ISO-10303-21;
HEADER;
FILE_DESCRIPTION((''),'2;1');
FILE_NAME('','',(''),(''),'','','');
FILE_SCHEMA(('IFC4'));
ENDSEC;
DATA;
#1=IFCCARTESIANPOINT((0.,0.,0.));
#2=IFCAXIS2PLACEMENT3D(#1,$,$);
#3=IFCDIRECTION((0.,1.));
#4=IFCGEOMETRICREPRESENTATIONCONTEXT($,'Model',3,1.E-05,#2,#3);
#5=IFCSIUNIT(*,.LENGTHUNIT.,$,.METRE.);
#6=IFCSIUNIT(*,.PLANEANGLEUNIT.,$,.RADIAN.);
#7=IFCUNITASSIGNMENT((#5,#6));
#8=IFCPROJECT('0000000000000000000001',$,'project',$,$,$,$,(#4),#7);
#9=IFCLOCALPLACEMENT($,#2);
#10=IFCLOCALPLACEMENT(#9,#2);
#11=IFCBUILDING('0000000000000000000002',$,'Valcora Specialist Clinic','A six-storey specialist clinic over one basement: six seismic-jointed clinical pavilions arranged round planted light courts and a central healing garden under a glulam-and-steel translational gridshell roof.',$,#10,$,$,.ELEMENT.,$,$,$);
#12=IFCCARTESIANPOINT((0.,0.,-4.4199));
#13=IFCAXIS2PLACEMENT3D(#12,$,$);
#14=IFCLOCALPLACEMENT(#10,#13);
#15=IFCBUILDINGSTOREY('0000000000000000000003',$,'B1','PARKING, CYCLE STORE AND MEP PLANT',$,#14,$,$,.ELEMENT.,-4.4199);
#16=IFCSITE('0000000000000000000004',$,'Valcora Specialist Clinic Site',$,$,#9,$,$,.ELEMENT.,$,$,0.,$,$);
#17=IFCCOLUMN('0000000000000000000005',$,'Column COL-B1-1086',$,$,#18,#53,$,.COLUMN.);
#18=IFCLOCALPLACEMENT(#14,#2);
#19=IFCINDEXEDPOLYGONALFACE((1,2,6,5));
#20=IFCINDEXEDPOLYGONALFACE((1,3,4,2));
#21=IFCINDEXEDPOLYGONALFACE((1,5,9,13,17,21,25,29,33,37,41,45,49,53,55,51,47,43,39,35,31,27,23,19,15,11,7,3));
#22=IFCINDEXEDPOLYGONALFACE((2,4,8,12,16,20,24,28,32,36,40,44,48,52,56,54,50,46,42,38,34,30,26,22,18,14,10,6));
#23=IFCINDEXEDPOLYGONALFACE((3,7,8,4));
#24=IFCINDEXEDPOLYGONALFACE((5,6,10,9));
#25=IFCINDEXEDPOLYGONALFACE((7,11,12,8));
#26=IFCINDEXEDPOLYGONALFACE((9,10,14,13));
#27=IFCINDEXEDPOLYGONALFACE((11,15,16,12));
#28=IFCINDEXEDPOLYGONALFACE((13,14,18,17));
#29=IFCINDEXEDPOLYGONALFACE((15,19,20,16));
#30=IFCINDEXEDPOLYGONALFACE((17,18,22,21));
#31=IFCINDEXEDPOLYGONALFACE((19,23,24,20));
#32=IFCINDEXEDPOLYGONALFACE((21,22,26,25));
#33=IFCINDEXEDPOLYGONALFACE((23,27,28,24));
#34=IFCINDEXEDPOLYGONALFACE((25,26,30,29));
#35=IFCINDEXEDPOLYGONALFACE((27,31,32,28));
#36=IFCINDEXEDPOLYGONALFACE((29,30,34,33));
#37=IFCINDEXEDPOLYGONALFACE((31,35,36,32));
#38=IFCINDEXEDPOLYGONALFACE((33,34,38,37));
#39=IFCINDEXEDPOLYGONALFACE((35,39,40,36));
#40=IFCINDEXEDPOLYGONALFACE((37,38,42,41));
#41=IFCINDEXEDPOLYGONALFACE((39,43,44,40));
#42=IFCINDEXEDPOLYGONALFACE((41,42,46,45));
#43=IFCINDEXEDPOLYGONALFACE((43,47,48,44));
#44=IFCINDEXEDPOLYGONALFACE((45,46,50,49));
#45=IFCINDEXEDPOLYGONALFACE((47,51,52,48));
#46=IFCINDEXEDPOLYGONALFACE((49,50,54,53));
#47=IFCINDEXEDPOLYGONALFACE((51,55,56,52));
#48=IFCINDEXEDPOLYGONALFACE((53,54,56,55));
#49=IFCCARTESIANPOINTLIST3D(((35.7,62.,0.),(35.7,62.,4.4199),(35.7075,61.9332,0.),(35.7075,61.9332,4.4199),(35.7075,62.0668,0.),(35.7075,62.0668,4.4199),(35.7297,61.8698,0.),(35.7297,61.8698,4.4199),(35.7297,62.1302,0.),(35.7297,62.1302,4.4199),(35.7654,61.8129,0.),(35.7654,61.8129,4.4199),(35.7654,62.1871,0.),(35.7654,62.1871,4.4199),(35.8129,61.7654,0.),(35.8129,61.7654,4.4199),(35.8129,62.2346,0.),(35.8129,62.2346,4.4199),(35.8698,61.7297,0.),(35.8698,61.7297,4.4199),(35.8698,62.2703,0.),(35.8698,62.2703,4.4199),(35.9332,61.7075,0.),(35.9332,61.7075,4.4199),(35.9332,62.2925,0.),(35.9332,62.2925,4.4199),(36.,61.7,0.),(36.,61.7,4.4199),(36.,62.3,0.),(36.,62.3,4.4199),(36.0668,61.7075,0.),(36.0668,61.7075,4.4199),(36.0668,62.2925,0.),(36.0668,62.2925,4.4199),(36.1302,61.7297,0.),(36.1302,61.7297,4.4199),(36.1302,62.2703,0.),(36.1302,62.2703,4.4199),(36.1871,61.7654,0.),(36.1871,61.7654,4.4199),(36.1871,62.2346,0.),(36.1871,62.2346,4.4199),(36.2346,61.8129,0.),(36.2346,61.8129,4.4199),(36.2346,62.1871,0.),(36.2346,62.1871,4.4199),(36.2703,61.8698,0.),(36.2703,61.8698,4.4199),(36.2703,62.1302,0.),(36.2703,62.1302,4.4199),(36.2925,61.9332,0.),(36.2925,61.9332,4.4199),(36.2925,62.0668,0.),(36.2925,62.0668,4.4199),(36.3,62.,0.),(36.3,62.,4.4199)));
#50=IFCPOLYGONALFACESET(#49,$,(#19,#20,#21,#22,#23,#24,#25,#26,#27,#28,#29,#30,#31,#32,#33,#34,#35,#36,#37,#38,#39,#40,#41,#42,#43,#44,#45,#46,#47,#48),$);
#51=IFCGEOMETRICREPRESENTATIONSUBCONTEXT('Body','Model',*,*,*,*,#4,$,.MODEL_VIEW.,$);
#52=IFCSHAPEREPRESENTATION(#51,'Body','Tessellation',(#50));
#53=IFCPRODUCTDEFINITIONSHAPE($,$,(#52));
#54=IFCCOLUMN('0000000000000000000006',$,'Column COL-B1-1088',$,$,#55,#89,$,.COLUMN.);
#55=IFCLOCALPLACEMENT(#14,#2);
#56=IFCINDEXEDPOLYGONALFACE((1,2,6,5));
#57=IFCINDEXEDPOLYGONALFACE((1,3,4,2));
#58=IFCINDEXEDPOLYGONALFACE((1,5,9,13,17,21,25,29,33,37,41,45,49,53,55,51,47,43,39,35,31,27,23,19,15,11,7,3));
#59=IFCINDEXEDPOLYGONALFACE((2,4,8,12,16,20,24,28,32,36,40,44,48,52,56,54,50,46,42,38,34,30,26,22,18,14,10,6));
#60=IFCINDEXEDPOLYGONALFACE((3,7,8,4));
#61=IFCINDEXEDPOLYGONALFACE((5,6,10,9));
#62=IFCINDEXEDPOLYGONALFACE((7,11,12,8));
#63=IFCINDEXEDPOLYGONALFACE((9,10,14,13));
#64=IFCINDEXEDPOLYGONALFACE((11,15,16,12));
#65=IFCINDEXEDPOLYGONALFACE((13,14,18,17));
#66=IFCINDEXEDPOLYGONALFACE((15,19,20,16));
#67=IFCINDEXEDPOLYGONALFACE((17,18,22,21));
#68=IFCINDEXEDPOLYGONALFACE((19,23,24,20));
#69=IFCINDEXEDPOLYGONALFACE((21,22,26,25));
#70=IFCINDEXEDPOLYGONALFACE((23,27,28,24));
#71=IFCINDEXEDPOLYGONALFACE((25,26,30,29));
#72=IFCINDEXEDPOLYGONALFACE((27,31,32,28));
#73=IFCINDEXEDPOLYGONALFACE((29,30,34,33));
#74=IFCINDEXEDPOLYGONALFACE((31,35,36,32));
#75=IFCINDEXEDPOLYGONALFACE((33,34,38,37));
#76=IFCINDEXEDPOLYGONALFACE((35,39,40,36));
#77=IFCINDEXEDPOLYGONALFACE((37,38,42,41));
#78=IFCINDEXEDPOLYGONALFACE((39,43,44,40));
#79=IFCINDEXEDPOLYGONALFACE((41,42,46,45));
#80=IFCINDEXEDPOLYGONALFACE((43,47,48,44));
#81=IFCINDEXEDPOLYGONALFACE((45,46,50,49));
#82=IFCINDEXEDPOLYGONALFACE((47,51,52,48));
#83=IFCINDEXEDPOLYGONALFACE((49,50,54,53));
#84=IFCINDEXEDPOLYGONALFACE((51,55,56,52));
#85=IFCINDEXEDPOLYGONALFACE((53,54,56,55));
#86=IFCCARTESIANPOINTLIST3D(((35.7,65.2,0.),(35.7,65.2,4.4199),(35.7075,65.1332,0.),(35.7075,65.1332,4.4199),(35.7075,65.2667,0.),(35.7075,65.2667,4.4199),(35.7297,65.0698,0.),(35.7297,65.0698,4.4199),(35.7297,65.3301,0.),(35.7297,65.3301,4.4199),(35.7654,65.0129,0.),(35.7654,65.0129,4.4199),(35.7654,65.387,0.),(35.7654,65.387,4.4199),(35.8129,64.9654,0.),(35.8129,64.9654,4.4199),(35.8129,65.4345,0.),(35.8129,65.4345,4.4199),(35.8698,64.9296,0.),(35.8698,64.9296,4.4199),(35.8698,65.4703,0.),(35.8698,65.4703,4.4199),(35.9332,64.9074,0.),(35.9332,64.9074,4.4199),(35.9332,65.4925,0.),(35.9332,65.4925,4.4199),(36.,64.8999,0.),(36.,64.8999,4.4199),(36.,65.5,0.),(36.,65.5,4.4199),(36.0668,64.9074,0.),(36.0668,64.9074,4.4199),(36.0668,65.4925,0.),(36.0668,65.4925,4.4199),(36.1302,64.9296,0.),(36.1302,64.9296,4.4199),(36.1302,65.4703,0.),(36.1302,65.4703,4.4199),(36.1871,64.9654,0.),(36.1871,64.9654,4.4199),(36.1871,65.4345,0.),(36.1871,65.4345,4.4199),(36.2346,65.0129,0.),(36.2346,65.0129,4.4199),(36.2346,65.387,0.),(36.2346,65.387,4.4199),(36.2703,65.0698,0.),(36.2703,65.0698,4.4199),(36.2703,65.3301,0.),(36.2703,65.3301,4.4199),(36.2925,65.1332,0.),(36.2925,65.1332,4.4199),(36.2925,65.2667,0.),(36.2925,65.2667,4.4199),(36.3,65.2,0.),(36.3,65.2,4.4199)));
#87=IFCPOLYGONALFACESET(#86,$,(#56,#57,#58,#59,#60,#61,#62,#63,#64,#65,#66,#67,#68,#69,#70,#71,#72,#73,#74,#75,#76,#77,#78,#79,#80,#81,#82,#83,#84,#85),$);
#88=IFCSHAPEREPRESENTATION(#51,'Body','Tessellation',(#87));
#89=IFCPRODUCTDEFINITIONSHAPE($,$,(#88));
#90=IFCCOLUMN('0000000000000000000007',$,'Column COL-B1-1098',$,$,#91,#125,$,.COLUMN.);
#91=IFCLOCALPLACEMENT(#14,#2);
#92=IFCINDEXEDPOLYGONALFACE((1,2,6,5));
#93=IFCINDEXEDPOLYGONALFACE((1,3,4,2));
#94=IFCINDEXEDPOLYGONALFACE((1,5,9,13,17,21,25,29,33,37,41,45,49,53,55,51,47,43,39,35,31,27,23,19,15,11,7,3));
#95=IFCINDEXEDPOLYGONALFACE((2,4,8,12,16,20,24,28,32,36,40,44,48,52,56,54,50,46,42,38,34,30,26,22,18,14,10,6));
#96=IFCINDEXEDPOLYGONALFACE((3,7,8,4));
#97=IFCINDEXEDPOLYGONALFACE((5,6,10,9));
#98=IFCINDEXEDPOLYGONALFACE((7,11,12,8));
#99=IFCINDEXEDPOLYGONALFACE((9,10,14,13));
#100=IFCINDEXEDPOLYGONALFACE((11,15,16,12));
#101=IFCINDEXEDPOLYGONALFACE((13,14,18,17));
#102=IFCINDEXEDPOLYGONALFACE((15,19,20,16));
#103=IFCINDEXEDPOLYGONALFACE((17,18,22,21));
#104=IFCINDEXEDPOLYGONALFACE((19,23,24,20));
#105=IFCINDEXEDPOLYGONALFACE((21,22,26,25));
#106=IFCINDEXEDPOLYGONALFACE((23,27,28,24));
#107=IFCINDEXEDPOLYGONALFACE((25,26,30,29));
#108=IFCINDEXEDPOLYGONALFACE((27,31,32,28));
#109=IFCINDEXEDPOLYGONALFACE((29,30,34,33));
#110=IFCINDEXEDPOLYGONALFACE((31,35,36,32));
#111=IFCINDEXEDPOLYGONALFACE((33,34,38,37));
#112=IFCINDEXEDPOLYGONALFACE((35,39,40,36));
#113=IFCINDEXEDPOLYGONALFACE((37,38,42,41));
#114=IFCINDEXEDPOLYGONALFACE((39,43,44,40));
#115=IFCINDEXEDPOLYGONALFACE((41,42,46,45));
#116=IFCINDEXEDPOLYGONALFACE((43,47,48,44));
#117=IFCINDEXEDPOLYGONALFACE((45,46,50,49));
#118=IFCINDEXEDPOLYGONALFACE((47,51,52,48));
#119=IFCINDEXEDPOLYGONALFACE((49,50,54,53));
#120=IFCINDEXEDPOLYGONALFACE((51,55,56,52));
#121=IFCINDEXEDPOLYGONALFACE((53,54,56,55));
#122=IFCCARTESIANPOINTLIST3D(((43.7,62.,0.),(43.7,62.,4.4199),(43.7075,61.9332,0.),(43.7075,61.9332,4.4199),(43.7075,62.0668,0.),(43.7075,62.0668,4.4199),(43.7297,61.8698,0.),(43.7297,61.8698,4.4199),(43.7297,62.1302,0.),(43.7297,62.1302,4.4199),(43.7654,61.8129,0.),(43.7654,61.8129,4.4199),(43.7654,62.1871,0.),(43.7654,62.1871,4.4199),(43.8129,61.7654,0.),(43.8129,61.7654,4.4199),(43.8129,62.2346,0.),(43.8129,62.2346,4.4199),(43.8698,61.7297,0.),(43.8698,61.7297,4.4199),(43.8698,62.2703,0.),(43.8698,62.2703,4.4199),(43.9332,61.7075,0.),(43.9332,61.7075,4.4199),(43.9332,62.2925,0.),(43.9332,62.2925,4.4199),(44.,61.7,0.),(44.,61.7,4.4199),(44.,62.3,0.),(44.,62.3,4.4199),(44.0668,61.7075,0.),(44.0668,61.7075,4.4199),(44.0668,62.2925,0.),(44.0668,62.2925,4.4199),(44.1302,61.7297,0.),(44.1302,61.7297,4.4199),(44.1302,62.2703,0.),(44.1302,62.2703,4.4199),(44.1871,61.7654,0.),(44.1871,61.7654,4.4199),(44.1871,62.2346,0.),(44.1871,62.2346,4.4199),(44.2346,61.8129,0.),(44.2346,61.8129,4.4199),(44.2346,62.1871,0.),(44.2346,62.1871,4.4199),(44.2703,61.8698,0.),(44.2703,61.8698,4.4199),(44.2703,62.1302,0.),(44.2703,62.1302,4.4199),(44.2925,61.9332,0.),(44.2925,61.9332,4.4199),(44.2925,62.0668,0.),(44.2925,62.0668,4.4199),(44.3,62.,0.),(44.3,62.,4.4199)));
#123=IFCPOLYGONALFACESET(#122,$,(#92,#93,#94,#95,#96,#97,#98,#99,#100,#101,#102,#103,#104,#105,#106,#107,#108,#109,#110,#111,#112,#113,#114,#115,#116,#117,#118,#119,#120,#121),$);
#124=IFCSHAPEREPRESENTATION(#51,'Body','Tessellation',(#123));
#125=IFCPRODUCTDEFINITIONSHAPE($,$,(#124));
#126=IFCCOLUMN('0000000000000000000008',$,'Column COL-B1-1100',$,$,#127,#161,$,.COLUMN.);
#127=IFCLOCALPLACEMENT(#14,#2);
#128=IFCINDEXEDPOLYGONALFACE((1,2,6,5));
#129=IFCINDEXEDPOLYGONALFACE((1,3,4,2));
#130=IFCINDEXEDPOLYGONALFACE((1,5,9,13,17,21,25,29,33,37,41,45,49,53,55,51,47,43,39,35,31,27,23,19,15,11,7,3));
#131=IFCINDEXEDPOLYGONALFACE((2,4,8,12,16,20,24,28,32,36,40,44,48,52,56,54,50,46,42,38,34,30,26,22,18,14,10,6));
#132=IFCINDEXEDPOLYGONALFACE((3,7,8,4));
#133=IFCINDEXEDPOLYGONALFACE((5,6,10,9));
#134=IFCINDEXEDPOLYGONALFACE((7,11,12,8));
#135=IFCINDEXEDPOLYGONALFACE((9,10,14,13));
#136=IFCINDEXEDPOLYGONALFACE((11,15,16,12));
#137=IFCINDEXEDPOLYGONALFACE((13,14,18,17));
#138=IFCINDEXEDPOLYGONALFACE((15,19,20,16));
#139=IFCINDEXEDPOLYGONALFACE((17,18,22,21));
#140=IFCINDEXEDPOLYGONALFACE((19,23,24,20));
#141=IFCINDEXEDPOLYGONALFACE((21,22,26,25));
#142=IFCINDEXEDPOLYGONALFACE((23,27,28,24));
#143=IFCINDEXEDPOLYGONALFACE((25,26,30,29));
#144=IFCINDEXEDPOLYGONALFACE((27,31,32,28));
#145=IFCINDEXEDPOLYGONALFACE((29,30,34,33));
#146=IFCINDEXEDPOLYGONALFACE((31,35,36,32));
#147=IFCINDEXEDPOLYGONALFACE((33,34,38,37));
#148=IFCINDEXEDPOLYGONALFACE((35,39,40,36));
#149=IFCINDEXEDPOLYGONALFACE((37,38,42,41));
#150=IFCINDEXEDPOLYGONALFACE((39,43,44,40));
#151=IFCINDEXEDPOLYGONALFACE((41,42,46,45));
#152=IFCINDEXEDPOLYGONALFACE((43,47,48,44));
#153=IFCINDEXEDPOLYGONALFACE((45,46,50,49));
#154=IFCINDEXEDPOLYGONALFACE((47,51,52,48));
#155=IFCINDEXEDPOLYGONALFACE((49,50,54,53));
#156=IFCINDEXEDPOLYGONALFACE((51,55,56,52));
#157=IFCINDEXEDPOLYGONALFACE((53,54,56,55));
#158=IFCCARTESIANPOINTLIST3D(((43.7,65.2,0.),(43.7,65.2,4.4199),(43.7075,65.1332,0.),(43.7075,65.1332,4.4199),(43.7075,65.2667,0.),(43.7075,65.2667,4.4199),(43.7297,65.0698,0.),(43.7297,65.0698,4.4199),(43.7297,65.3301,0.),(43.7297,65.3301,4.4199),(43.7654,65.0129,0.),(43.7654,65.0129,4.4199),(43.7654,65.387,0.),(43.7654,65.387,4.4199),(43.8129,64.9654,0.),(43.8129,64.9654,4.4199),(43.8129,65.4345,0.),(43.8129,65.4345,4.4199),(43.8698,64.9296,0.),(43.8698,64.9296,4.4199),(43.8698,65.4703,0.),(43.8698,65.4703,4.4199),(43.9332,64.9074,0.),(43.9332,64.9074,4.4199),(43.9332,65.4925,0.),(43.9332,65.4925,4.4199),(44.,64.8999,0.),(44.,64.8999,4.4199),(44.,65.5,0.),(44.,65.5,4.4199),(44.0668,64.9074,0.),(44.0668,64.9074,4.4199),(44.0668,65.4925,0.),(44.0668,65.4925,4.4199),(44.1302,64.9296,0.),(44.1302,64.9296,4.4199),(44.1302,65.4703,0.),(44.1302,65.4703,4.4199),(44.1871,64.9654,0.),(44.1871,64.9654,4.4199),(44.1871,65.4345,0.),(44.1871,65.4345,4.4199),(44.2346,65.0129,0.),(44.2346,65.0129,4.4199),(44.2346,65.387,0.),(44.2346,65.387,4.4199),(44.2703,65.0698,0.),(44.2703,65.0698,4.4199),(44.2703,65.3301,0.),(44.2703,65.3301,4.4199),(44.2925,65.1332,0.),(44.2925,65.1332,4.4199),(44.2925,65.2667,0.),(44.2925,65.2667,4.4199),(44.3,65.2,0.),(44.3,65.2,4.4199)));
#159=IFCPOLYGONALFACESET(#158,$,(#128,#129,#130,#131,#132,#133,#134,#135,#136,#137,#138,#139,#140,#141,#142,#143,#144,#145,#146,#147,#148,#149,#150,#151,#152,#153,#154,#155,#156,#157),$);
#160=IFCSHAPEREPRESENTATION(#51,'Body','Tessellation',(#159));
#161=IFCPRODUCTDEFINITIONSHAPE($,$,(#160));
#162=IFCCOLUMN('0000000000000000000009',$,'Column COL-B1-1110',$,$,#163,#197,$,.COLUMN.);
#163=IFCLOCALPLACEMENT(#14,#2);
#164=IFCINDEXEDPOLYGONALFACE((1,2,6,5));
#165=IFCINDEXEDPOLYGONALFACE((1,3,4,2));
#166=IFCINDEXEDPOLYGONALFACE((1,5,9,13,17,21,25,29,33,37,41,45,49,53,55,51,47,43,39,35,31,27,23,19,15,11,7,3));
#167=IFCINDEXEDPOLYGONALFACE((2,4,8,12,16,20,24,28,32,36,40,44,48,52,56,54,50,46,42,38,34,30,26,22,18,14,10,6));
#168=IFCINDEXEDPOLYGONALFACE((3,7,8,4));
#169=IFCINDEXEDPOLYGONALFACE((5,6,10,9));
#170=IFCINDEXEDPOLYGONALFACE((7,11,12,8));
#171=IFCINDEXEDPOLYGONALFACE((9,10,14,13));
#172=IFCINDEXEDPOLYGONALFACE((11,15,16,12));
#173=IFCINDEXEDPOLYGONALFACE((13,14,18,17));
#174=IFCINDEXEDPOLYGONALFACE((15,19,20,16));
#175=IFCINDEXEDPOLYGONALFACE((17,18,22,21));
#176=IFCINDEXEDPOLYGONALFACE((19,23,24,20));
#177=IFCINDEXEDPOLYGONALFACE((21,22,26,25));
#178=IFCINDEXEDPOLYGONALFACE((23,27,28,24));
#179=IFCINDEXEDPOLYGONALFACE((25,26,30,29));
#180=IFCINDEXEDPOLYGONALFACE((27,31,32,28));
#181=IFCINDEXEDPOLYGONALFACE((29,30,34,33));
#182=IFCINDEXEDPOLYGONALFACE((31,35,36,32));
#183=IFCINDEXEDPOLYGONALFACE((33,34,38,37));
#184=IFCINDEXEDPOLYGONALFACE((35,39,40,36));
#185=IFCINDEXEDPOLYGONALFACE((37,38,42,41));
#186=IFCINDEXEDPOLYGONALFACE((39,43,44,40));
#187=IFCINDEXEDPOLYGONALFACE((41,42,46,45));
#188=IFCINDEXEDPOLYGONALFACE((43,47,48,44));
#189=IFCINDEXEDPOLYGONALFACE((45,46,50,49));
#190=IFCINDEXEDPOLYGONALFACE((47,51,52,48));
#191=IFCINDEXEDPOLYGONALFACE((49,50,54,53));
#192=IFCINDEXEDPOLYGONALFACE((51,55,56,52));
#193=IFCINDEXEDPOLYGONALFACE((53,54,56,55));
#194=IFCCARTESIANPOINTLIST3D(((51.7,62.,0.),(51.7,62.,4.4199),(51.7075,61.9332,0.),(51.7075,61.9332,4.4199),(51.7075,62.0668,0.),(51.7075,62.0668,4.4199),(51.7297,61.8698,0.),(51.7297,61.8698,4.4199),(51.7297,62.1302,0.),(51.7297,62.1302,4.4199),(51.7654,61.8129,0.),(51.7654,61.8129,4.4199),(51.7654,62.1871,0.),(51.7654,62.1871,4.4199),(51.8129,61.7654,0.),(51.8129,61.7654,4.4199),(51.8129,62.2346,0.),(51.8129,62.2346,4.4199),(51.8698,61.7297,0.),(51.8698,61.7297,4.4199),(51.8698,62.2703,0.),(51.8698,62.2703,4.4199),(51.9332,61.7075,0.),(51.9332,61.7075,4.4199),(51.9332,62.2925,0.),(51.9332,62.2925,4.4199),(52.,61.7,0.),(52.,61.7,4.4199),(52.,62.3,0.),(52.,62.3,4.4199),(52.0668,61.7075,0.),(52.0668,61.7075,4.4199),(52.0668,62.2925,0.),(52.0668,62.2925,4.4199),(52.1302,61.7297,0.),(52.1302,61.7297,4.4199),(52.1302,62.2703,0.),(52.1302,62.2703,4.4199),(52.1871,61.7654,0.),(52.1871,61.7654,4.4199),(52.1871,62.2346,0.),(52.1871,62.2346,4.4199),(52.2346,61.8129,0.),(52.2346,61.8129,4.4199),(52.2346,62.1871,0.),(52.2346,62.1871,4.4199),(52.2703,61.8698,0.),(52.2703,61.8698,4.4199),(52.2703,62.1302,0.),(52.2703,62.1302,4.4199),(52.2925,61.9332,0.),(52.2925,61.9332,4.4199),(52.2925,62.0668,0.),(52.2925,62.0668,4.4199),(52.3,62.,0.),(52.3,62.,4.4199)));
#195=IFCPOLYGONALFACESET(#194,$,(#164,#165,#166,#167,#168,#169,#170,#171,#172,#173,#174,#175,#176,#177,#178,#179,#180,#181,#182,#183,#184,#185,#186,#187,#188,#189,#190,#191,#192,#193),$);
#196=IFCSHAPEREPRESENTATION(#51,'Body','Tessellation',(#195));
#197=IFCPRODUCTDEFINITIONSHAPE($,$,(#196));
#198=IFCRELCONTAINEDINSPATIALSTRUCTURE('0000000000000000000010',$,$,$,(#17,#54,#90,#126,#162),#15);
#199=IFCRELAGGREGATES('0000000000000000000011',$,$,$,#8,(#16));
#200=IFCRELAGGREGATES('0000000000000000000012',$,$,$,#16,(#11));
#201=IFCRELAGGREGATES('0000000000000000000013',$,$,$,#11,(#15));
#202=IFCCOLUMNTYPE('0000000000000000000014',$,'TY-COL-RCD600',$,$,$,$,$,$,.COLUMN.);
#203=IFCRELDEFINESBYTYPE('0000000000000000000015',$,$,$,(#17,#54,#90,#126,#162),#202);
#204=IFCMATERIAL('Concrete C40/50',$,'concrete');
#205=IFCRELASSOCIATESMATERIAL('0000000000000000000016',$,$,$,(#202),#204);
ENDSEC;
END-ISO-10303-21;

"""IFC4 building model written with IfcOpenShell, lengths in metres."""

from ifc_helpers import new_model, si_unit, direction, frame, origin, origin_2d, place, context, subcontext, project, spatial, circle, extrude, material, material_profile, profile_set, type_object, element, save


model = new_model("IFC4")

# Units and contexts
model_context = context("Model", 3, precision=1e-05, world=origin(), true_north=direction((0.0, 1.0)))
body_context = subcontext(model_context, "Body", "Model", "MODEL_VIEW")
ifc_project = project(units=[si_unit("LENGTHUNIT", "METRE"), si_unit("PLANEANGLEUNIT", "RADIAN")], contexts=[model_context])

# Site, building, storey
site_placement = place(None, origin())
site = spatial("IfcSite", under=ifc_project, at=site_placement, Name="Valcora Specialist Clinic Site", CompositionType="ELEMENT", RefElevation=0.0)
building_placement = place(site_placement, origin())
building = spatial("IfcBuilding", under=site, at=building_placement, Name="Valcora Specialist Clinic", Description="A six-storey specialist clinic over one basement: six seismic-jointed clinical pavilions arranged round planted light courts and a central healing garden under a glulam-and-steel translational gridshell roof.", CompositionType="ELEMENT")
storey_placement = place(building_placement, frame((0.0, 0.0, -4.4199)))
storey = spatial("IfcBuildingStorey", under=building, at=storey_placement, Name="B1", Description="PARKING, CYCLE STORE AND MEP PLANT", CompositionType="ELEMENT", Elevation=-4.4199)

# Columns
ifc_material_1 = material(Name="Concrete C40/50", Category="concrete")
ifc_material_profile_1 = material_profile(ifc_material_1, circle(Radius=0.3, at=origin_2d()), Name="RC-COL-D600")
ifc_profile_set_1 = profile_set([ifc_material_profile_1], Name="Concrete C40/50")
column_type_1 = type_object("IfcColumnType", Name="TY-COL-RCD600", PredefinedType="COLUMN", material=ifc_profile_set_1)
for number, where, z_axis, x_axis, name in (
    (1, (36.0, 62.0, 0.0), (0.0, 0.0, 1.0), (1.0, 0.0, 0.0), "Column COL-B1-1086"),
    (2, (36.0, 65.2, 0.0), (0.0, 0.0, 1.0), (1.0, 0.0, 0.0), "Column COL-B1-1088"),
    (3, (44.0, 62.0, 0.0), (0.0, 0.0, 1.0), (1.0, 0.0, 0.0), "Column COL-B1-1098"),
    (4, (44.0, 65.2, 0.0), (0.0, 0.0, 1.0), (1.0, 0.0, 0.0), "Column COL-B1-1100"),
    (5, (52.0, 62.0, 0.0), (0.0, 0.0, 1.0), (1.0, 0.0, 0.0), "Column COL-B1-1110"),
):
    element("IfcColumn", number, at=place(storey_placement, frame(where, z_axis=z_axis, x_axis=x_axis)), inside=storey, type_object=column_type_1, Name=name, PredefinedType="COLUMN", context=body_context, shape_type="SweptSolid", body=[
        extrude(circle(Radius=0.3, at=origin_2d()), origin(), (0.0, 0.0, 1.0), 4.4199),
    ])

save(model, "model.ifc")
